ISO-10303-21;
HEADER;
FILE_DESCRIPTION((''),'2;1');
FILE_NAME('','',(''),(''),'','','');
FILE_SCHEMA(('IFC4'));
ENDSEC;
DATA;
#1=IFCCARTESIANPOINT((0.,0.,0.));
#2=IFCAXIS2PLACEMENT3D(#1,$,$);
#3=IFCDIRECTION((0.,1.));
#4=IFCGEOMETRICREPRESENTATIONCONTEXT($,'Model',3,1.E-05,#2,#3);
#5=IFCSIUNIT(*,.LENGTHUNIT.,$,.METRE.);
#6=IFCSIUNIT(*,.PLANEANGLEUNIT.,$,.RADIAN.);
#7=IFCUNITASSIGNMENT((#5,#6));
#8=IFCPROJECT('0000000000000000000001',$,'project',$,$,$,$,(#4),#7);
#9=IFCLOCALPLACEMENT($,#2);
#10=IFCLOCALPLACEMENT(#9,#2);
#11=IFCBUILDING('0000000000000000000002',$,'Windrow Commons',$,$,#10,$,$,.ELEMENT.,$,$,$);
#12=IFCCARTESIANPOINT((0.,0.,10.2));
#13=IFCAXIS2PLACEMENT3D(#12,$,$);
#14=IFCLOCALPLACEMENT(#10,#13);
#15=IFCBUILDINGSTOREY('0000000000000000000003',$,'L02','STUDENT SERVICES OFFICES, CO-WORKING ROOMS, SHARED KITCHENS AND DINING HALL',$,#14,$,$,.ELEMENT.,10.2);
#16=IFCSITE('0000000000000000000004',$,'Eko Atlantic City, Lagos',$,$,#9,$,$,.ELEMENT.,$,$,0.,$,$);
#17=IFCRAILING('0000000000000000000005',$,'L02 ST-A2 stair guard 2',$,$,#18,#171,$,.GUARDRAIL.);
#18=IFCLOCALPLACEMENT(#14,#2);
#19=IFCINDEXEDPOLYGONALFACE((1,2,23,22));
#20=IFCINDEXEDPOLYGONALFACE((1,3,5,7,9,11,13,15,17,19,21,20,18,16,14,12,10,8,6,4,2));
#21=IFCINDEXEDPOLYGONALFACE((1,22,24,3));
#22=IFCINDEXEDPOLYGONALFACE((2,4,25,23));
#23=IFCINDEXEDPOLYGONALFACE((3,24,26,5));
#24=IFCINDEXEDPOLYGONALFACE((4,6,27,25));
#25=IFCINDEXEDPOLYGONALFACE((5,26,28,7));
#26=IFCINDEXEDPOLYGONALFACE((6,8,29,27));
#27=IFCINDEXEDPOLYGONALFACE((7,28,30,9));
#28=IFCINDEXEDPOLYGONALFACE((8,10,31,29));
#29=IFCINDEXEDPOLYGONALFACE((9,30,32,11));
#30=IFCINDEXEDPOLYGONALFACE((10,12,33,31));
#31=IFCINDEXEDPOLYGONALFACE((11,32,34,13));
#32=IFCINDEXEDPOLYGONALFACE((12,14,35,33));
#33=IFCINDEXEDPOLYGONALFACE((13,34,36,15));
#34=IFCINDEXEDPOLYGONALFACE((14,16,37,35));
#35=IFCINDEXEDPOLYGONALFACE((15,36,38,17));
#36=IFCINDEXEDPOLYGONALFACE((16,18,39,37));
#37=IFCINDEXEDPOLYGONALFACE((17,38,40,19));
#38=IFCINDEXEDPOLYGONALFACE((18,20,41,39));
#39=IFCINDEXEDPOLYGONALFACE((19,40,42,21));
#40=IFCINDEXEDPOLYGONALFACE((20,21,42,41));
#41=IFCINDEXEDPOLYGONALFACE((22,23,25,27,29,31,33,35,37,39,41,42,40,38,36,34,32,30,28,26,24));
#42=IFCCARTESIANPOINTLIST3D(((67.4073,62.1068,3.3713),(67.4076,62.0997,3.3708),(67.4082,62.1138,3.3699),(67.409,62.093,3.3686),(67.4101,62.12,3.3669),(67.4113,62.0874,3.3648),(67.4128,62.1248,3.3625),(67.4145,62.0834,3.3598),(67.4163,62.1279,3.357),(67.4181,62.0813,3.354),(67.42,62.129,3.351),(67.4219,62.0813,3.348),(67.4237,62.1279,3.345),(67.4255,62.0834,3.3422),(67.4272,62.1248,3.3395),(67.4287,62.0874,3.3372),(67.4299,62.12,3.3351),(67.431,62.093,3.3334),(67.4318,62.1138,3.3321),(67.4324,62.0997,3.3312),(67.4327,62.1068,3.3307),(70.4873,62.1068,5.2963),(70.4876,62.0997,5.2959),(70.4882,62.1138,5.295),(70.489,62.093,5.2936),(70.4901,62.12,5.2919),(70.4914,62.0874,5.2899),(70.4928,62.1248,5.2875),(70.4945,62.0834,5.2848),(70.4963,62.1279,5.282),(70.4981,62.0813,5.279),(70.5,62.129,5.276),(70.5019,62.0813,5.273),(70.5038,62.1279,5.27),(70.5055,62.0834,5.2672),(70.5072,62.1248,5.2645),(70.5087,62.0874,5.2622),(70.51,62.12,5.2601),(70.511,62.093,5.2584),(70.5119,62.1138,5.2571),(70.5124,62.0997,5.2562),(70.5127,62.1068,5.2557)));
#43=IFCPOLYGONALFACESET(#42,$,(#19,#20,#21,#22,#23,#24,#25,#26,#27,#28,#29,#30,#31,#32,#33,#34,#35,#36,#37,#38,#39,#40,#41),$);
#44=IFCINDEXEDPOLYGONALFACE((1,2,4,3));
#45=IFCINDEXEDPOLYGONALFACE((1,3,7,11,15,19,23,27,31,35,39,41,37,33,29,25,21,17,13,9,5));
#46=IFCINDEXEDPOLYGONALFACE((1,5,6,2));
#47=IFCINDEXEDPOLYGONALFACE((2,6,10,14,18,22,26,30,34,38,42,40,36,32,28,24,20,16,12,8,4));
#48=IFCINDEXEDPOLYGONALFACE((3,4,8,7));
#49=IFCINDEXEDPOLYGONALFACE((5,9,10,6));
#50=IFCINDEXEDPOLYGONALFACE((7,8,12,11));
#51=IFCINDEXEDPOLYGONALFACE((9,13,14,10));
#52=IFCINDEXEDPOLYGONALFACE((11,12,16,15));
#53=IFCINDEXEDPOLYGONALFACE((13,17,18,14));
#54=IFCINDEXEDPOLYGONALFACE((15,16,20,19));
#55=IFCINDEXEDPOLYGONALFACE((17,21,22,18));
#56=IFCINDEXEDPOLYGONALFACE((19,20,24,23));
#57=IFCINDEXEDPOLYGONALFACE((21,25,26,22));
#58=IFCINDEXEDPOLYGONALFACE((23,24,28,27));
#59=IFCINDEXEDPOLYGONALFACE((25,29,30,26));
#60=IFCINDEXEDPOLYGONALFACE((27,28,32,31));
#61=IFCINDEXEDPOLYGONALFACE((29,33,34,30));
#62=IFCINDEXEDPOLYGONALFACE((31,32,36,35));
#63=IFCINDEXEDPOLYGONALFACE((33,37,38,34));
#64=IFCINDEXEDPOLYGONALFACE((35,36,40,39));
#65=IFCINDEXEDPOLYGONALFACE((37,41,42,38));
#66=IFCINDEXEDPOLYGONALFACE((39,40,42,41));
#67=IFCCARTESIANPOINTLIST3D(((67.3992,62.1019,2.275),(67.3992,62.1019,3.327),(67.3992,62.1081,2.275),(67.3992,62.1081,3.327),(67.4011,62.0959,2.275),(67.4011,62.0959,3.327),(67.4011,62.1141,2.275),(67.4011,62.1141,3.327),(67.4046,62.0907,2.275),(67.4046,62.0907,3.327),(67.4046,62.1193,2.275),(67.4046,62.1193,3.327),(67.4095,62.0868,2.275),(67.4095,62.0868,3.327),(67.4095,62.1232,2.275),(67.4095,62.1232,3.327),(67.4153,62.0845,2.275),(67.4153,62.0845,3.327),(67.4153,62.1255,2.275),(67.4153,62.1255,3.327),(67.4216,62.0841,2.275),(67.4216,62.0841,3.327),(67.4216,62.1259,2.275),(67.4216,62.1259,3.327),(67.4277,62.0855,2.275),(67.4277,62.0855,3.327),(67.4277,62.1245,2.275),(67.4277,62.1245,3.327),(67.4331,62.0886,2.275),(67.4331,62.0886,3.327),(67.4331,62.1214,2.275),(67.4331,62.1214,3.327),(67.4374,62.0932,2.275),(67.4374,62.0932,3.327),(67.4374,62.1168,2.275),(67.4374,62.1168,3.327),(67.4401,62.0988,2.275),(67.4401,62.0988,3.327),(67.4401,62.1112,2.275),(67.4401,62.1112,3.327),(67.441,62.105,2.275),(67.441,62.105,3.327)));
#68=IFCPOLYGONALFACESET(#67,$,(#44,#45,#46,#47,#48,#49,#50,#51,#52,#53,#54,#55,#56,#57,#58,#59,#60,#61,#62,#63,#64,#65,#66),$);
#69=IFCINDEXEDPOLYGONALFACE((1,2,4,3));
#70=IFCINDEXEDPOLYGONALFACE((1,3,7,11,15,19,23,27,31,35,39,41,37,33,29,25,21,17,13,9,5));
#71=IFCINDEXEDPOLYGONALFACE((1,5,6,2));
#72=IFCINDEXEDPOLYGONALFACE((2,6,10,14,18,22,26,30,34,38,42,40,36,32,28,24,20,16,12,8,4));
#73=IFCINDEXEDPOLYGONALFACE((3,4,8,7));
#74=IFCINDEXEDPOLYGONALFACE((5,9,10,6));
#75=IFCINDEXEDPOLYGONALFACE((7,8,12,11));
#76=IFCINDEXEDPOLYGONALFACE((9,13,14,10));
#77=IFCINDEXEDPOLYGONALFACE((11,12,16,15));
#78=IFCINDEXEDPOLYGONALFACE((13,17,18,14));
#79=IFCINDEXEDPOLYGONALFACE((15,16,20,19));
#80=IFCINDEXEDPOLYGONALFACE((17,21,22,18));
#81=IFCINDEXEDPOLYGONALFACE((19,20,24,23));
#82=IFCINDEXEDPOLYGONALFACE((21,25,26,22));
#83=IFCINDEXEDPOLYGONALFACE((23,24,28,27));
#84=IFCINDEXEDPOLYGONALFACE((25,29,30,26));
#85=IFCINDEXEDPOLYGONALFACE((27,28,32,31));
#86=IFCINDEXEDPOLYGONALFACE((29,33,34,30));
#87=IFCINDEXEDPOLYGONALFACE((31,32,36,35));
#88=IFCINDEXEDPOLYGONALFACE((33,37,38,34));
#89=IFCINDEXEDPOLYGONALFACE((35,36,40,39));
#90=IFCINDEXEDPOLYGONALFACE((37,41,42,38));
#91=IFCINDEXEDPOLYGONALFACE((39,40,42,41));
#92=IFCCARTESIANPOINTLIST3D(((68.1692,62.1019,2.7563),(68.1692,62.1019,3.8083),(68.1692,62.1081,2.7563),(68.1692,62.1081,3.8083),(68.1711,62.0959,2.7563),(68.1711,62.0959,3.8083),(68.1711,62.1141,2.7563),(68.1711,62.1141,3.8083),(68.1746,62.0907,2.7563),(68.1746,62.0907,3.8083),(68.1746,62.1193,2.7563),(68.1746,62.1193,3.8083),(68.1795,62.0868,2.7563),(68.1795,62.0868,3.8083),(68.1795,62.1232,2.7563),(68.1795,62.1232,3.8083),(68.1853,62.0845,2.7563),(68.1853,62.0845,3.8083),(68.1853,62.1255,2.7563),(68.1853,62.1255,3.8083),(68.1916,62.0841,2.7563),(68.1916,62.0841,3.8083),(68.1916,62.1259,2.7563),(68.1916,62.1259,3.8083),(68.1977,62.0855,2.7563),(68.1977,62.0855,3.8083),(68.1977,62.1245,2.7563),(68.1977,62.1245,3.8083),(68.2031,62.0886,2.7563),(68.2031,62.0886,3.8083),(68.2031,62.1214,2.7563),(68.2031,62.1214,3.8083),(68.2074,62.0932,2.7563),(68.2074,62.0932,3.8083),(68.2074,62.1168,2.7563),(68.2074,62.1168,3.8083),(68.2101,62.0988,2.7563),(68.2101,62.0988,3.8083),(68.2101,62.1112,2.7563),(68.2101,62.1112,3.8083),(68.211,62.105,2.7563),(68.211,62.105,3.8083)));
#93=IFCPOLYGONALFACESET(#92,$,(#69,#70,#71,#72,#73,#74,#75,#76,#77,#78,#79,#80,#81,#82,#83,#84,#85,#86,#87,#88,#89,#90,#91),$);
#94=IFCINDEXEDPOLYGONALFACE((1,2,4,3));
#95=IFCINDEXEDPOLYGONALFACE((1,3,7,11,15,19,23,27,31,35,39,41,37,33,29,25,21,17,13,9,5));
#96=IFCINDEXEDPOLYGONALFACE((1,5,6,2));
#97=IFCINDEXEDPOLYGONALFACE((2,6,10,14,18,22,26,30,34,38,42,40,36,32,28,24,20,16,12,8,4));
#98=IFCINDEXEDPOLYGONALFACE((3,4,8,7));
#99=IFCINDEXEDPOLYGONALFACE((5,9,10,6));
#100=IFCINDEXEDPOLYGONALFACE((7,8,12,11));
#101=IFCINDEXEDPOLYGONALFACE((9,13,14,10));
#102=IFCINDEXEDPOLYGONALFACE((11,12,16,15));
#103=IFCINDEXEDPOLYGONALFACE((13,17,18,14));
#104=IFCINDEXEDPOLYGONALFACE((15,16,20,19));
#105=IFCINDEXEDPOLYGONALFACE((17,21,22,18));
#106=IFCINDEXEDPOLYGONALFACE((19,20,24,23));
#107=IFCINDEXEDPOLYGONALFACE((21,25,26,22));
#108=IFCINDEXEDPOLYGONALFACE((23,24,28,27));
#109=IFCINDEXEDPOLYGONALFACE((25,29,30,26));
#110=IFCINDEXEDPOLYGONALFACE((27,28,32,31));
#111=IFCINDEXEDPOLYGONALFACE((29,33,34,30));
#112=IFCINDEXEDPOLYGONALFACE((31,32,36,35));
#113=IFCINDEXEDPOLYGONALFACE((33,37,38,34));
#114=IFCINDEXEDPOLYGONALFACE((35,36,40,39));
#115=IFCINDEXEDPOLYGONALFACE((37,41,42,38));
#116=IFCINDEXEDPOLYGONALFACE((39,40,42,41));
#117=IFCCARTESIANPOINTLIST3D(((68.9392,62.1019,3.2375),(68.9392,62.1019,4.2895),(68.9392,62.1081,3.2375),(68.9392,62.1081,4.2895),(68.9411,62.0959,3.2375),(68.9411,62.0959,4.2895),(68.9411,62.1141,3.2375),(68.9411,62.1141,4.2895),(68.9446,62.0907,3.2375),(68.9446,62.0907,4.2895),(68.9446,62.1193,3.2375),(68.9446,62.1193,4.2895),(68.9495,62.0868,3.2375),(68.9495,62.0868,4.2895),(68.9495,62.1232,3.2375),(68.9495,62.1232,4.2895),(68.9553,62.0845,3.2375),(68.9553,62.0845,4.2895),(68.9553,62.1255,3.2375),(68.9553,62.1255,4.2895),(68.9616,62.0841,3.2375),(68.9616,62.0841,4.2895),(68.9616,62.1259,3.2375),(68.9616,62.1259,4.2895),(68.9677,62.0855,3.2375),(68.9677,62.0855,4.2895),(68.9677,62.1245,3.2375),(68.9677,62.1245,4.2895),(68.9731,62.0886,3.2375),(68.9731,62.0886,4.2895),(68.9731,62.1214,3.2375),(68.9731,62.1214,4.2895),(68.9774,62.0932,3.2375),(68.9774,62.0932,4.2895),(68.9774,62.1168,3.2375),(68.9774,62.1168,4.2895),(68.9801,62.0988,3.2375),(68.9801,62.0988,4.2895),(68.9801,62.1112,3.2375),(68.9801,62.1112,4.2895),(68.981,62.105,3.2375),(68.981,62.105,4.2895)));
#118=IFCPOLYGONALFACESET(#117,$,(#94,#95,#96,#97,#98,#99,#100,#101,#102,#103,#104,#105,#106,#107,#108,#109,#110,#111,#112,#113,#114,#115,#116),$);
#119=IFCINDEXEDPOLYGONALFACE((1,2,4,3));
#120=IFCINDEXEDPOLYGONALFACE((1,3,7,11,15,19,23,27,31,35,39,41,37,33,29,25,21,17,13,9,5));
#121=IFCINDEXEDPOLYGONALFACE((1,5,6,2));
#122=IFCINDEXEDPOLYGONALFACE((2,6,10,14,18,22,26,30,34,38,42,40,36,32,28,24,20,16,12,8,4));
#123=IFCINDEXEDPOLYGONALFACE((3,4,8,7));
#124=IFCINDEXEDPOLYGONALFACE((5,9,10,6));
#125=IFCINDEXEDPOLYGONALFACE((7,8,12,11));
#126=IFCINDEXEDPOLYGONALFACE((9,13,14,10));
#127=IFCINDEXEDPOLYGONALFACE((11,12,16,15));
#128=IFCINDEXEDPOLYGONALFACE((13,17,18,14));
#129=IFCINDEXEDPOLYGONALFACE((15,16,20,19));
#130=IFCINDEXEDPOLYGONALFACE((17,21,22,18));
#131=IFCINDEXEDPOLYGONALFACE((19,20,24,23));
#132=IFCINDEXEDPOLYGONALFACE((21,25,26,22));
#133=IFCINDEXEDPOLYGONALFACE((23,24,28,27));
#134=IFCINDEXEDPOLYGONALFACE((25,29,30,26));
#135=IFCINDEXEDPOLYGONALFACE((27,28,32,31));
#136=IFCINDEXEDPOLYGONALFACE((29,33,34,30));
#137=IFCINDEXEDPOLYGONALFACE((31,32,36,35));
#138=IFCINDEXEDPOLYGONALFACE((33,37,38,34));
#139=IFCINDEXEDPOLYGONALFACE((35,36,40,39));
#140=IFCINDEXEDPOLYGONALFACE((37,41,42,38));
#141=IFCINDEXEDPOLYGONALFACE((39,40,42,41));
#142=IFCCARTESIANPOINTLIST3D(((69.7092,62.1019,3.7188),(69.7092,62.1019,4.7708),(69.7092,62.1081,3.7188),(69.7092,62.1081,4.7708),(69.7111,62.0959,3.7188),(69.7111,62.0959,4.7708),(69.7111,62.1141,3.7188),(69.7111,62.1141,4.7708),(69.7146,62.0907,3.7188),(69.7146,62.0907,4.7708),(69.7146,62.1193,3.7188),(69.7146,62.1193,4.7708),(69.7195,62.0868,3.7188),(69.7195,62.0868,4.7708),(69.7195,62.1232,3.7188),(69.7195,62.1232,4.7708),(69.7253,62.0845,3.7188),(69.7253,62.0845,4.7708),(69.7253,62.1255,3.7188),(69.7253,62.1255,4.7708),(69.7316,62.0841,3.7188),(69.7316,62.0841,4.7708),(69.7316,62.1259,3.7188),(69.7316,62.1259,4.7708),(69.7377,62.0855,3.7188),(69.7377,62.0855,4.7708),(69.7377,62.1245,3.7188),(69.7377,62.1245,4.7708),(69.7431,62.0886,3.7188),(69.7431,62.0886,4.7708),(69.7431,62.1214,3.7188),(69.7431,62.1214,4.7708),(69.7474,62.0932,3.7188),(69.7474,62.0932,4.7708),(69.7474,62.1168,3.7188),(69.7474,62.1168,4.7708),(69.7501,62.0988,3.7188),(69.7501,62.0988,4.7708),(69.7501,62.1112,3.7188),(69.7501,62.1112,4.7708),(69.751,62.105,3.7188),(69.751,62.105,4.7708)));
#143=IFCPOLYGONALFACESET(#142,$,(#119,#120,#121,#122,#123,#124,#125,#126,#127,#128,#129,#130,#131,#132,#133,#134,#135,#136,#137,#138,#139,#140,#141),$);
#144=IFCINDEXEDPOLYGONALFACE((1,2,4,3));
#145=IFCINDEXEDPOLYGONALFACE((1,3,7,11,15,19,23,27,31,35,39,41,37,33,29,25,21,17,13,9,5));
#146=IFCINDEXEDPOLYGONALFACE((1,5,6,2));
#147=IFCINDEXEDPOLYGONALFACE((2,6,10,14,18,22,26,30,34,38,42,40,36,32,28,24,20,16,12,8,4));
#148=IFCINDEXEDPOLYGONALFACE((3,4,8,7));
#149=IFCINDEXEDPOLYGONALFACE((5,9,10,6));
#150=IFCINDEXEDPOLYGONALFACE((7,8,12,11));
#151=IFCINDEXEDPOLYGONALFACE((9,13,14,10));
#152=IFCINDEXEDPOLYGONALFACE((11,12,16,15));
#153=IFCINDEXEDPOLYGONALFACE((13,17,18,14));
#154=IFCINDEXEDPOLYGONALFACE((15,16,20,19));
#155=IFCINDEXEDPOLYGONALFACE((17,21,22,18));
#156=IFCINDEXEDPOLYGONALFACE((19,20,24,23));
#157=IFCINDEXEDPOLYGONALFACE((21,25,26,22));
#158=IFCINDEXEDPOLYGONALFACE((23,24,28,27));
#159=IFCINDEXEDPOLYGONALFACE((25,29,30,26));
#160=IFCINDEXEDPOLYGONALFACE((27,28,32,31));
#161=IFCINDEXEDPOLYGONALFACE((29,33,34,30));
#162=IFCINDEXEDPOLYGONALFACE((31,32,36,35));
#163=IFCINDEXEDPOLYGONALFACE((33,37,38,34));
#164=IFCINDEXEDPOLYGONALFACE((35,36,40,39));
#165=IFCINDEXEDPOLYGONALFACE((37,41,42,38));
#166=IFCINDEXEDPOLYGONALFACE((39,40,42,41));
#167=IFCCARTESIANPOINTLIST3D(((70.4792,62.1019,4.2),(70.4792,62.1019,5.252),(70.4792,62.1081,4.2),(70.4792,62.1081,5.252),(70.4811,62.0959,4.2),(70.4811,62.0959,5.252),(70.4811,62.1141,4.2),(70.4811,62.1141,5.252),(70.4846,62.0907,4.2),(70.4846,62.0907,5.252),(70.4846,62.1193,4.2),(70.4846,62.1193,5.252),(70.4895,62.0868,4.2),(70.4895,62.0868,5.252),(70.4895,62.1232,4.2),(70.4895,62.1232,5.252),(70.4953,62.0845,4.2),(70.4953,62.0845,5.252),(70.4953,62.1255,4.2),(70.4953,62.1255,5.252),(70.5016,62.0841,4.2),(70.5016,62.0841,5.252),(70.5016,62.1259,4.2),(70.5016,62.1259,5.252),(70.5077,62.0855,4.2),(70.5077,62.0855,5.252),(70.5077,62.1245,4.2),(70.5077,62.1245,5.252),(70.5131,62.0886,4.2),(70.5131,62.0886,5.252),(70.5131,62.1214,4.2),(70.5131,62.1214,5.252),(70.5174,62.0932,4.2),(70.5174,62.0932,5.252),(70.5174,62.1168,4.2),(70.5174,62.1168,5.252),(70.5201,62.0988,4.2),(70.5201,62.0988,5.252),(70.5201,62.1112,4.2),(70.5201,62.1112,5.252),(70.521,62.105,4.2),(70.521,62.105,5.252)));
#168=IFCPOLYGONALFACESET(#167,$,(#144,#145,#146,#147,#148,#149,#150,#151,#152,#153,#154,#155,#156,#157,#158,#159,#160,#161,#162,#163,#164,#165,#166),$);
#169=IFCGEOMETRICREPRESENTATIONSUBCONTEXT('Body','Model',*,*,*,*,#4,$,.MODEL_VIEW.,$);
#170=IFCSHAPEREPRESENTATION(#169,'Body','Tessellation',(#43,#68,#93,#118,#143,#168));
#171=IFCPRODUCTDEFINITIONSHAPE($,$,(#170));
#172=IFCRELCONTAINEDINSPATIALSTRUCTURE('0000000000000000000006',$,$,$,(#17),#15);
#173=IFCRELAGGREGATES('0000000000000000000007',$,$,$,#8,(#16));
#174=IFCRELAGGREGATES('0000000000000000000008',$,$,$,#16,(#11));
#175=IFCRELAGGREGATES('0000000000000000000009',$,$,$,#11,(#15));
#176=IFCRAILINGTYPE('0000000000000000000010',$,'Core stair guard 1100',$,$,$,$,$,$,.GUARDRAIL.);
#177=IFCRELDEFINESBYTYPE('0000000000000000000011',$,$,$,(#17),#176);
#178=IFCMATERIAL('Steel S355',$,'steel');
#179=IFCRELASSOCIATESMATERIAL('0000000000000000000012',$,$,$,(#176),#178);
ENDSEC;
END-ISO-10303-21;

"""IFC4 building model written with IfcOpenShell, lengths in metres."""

from ifc_helpers import new_model, si_unit, direction, frame, origin, origin_2d, place, context, subcontext, project, spatial, circle, extrude, material, type_object, element, save


model = new_model("IFC4")

# Units and contexts
model_context = context("Model", 3, precision=1e-05, world=origin(), true_north=direction((0.0, 1.0)))
body_context = subcontext(model_context, "Body", "Model", "MODEL_VIEW")
ifc_project = project(units=[si_unit("LENGTHUNIT", "METRE"), si_unit("PLANEANGLEUNIT", "RADIAN")], contexts=[model_context])

# Site, building, storey
site_placement = place(None, origin())
site = spatial("IfcSite", under=ifc_project, at=site_placement, Name="Eko Atlantic City, Lagos", CompositionType="ELEMENT", RefElevation=0.0)
building_placement = place(site_placement, origin())
building = spatial("IfcBuilding", under=site, at=building_placement, Name="Windrow Commons", CompositionType="ELEMENT")
storey_placement = place(building_placement, frame((0.0, 0.0, 10.2)))
storey = spatial("IfcBuildingStorey", under=building, at=storey_placement, Name="L02", Description="STUDENT SERVICES OFFICES, CO-WORKING ROOMS, SHARED KITCHENS AND DINING HALL", CompositionType="ELEMENT", Elevation=10.2)

# Railing
ifc_material_1 = material(Name="Steel S355", Category="steel")
railing_type_1 = type_object("IfcRailingType", Name="Core stair guard 1100", PredefinedType="GUARDRAIL", material=ifc_material_1)
railing_1_placement = place(storey_placement, frame((67.42, 62.105, 2.275)))
element("IfcRailing", 1, at=railing_1_placement, inside=storey, type_object=railing_type_1, Name="L02 ST-A2 stair guard 2", PredefinedType="GUARDRAIL", context=body_context, shape_type="SweptSolid", body=[
    extrude(circle(Radius=0.024, at=origin_2d()), frame((0.0, 0.0, 1.076), z_axis=(0.847998, 0.0, 0.529999), x_axis=(0.0, 1.0, 0.0)), (0.0, 0.0, 1.0), 3.6321),
    extrude(circle(Radius=0.021, at=origin_2d()), origin(), (0.0, 0.0, 1.0), 1.052),
    extrude(circle(Radius=0.021, at=origin_2d()), frame((0.77, 0.0, 0.4813)), (0.0, 0.0, 1.0), 1.052),
    extrude(circle(Radius=0.021, at=origin_2d()), frame((1.54, 0.0, 0.9625)), (0.0, 0.0, 1.0), 1.052),
    extrude(circle(Radius=0.021, at=origin_2d()), frame((2.31, 0.0, 1.4438)), (0.0, 0.0, 1.0), 1.052),
    extrude(circle(Radius=0.021, at=origin_2d()), frame((3.08, 0.0, 1.925)), (0.0, 0.0, 1.0), 1.052),
])

save(model, "model.ifc")
